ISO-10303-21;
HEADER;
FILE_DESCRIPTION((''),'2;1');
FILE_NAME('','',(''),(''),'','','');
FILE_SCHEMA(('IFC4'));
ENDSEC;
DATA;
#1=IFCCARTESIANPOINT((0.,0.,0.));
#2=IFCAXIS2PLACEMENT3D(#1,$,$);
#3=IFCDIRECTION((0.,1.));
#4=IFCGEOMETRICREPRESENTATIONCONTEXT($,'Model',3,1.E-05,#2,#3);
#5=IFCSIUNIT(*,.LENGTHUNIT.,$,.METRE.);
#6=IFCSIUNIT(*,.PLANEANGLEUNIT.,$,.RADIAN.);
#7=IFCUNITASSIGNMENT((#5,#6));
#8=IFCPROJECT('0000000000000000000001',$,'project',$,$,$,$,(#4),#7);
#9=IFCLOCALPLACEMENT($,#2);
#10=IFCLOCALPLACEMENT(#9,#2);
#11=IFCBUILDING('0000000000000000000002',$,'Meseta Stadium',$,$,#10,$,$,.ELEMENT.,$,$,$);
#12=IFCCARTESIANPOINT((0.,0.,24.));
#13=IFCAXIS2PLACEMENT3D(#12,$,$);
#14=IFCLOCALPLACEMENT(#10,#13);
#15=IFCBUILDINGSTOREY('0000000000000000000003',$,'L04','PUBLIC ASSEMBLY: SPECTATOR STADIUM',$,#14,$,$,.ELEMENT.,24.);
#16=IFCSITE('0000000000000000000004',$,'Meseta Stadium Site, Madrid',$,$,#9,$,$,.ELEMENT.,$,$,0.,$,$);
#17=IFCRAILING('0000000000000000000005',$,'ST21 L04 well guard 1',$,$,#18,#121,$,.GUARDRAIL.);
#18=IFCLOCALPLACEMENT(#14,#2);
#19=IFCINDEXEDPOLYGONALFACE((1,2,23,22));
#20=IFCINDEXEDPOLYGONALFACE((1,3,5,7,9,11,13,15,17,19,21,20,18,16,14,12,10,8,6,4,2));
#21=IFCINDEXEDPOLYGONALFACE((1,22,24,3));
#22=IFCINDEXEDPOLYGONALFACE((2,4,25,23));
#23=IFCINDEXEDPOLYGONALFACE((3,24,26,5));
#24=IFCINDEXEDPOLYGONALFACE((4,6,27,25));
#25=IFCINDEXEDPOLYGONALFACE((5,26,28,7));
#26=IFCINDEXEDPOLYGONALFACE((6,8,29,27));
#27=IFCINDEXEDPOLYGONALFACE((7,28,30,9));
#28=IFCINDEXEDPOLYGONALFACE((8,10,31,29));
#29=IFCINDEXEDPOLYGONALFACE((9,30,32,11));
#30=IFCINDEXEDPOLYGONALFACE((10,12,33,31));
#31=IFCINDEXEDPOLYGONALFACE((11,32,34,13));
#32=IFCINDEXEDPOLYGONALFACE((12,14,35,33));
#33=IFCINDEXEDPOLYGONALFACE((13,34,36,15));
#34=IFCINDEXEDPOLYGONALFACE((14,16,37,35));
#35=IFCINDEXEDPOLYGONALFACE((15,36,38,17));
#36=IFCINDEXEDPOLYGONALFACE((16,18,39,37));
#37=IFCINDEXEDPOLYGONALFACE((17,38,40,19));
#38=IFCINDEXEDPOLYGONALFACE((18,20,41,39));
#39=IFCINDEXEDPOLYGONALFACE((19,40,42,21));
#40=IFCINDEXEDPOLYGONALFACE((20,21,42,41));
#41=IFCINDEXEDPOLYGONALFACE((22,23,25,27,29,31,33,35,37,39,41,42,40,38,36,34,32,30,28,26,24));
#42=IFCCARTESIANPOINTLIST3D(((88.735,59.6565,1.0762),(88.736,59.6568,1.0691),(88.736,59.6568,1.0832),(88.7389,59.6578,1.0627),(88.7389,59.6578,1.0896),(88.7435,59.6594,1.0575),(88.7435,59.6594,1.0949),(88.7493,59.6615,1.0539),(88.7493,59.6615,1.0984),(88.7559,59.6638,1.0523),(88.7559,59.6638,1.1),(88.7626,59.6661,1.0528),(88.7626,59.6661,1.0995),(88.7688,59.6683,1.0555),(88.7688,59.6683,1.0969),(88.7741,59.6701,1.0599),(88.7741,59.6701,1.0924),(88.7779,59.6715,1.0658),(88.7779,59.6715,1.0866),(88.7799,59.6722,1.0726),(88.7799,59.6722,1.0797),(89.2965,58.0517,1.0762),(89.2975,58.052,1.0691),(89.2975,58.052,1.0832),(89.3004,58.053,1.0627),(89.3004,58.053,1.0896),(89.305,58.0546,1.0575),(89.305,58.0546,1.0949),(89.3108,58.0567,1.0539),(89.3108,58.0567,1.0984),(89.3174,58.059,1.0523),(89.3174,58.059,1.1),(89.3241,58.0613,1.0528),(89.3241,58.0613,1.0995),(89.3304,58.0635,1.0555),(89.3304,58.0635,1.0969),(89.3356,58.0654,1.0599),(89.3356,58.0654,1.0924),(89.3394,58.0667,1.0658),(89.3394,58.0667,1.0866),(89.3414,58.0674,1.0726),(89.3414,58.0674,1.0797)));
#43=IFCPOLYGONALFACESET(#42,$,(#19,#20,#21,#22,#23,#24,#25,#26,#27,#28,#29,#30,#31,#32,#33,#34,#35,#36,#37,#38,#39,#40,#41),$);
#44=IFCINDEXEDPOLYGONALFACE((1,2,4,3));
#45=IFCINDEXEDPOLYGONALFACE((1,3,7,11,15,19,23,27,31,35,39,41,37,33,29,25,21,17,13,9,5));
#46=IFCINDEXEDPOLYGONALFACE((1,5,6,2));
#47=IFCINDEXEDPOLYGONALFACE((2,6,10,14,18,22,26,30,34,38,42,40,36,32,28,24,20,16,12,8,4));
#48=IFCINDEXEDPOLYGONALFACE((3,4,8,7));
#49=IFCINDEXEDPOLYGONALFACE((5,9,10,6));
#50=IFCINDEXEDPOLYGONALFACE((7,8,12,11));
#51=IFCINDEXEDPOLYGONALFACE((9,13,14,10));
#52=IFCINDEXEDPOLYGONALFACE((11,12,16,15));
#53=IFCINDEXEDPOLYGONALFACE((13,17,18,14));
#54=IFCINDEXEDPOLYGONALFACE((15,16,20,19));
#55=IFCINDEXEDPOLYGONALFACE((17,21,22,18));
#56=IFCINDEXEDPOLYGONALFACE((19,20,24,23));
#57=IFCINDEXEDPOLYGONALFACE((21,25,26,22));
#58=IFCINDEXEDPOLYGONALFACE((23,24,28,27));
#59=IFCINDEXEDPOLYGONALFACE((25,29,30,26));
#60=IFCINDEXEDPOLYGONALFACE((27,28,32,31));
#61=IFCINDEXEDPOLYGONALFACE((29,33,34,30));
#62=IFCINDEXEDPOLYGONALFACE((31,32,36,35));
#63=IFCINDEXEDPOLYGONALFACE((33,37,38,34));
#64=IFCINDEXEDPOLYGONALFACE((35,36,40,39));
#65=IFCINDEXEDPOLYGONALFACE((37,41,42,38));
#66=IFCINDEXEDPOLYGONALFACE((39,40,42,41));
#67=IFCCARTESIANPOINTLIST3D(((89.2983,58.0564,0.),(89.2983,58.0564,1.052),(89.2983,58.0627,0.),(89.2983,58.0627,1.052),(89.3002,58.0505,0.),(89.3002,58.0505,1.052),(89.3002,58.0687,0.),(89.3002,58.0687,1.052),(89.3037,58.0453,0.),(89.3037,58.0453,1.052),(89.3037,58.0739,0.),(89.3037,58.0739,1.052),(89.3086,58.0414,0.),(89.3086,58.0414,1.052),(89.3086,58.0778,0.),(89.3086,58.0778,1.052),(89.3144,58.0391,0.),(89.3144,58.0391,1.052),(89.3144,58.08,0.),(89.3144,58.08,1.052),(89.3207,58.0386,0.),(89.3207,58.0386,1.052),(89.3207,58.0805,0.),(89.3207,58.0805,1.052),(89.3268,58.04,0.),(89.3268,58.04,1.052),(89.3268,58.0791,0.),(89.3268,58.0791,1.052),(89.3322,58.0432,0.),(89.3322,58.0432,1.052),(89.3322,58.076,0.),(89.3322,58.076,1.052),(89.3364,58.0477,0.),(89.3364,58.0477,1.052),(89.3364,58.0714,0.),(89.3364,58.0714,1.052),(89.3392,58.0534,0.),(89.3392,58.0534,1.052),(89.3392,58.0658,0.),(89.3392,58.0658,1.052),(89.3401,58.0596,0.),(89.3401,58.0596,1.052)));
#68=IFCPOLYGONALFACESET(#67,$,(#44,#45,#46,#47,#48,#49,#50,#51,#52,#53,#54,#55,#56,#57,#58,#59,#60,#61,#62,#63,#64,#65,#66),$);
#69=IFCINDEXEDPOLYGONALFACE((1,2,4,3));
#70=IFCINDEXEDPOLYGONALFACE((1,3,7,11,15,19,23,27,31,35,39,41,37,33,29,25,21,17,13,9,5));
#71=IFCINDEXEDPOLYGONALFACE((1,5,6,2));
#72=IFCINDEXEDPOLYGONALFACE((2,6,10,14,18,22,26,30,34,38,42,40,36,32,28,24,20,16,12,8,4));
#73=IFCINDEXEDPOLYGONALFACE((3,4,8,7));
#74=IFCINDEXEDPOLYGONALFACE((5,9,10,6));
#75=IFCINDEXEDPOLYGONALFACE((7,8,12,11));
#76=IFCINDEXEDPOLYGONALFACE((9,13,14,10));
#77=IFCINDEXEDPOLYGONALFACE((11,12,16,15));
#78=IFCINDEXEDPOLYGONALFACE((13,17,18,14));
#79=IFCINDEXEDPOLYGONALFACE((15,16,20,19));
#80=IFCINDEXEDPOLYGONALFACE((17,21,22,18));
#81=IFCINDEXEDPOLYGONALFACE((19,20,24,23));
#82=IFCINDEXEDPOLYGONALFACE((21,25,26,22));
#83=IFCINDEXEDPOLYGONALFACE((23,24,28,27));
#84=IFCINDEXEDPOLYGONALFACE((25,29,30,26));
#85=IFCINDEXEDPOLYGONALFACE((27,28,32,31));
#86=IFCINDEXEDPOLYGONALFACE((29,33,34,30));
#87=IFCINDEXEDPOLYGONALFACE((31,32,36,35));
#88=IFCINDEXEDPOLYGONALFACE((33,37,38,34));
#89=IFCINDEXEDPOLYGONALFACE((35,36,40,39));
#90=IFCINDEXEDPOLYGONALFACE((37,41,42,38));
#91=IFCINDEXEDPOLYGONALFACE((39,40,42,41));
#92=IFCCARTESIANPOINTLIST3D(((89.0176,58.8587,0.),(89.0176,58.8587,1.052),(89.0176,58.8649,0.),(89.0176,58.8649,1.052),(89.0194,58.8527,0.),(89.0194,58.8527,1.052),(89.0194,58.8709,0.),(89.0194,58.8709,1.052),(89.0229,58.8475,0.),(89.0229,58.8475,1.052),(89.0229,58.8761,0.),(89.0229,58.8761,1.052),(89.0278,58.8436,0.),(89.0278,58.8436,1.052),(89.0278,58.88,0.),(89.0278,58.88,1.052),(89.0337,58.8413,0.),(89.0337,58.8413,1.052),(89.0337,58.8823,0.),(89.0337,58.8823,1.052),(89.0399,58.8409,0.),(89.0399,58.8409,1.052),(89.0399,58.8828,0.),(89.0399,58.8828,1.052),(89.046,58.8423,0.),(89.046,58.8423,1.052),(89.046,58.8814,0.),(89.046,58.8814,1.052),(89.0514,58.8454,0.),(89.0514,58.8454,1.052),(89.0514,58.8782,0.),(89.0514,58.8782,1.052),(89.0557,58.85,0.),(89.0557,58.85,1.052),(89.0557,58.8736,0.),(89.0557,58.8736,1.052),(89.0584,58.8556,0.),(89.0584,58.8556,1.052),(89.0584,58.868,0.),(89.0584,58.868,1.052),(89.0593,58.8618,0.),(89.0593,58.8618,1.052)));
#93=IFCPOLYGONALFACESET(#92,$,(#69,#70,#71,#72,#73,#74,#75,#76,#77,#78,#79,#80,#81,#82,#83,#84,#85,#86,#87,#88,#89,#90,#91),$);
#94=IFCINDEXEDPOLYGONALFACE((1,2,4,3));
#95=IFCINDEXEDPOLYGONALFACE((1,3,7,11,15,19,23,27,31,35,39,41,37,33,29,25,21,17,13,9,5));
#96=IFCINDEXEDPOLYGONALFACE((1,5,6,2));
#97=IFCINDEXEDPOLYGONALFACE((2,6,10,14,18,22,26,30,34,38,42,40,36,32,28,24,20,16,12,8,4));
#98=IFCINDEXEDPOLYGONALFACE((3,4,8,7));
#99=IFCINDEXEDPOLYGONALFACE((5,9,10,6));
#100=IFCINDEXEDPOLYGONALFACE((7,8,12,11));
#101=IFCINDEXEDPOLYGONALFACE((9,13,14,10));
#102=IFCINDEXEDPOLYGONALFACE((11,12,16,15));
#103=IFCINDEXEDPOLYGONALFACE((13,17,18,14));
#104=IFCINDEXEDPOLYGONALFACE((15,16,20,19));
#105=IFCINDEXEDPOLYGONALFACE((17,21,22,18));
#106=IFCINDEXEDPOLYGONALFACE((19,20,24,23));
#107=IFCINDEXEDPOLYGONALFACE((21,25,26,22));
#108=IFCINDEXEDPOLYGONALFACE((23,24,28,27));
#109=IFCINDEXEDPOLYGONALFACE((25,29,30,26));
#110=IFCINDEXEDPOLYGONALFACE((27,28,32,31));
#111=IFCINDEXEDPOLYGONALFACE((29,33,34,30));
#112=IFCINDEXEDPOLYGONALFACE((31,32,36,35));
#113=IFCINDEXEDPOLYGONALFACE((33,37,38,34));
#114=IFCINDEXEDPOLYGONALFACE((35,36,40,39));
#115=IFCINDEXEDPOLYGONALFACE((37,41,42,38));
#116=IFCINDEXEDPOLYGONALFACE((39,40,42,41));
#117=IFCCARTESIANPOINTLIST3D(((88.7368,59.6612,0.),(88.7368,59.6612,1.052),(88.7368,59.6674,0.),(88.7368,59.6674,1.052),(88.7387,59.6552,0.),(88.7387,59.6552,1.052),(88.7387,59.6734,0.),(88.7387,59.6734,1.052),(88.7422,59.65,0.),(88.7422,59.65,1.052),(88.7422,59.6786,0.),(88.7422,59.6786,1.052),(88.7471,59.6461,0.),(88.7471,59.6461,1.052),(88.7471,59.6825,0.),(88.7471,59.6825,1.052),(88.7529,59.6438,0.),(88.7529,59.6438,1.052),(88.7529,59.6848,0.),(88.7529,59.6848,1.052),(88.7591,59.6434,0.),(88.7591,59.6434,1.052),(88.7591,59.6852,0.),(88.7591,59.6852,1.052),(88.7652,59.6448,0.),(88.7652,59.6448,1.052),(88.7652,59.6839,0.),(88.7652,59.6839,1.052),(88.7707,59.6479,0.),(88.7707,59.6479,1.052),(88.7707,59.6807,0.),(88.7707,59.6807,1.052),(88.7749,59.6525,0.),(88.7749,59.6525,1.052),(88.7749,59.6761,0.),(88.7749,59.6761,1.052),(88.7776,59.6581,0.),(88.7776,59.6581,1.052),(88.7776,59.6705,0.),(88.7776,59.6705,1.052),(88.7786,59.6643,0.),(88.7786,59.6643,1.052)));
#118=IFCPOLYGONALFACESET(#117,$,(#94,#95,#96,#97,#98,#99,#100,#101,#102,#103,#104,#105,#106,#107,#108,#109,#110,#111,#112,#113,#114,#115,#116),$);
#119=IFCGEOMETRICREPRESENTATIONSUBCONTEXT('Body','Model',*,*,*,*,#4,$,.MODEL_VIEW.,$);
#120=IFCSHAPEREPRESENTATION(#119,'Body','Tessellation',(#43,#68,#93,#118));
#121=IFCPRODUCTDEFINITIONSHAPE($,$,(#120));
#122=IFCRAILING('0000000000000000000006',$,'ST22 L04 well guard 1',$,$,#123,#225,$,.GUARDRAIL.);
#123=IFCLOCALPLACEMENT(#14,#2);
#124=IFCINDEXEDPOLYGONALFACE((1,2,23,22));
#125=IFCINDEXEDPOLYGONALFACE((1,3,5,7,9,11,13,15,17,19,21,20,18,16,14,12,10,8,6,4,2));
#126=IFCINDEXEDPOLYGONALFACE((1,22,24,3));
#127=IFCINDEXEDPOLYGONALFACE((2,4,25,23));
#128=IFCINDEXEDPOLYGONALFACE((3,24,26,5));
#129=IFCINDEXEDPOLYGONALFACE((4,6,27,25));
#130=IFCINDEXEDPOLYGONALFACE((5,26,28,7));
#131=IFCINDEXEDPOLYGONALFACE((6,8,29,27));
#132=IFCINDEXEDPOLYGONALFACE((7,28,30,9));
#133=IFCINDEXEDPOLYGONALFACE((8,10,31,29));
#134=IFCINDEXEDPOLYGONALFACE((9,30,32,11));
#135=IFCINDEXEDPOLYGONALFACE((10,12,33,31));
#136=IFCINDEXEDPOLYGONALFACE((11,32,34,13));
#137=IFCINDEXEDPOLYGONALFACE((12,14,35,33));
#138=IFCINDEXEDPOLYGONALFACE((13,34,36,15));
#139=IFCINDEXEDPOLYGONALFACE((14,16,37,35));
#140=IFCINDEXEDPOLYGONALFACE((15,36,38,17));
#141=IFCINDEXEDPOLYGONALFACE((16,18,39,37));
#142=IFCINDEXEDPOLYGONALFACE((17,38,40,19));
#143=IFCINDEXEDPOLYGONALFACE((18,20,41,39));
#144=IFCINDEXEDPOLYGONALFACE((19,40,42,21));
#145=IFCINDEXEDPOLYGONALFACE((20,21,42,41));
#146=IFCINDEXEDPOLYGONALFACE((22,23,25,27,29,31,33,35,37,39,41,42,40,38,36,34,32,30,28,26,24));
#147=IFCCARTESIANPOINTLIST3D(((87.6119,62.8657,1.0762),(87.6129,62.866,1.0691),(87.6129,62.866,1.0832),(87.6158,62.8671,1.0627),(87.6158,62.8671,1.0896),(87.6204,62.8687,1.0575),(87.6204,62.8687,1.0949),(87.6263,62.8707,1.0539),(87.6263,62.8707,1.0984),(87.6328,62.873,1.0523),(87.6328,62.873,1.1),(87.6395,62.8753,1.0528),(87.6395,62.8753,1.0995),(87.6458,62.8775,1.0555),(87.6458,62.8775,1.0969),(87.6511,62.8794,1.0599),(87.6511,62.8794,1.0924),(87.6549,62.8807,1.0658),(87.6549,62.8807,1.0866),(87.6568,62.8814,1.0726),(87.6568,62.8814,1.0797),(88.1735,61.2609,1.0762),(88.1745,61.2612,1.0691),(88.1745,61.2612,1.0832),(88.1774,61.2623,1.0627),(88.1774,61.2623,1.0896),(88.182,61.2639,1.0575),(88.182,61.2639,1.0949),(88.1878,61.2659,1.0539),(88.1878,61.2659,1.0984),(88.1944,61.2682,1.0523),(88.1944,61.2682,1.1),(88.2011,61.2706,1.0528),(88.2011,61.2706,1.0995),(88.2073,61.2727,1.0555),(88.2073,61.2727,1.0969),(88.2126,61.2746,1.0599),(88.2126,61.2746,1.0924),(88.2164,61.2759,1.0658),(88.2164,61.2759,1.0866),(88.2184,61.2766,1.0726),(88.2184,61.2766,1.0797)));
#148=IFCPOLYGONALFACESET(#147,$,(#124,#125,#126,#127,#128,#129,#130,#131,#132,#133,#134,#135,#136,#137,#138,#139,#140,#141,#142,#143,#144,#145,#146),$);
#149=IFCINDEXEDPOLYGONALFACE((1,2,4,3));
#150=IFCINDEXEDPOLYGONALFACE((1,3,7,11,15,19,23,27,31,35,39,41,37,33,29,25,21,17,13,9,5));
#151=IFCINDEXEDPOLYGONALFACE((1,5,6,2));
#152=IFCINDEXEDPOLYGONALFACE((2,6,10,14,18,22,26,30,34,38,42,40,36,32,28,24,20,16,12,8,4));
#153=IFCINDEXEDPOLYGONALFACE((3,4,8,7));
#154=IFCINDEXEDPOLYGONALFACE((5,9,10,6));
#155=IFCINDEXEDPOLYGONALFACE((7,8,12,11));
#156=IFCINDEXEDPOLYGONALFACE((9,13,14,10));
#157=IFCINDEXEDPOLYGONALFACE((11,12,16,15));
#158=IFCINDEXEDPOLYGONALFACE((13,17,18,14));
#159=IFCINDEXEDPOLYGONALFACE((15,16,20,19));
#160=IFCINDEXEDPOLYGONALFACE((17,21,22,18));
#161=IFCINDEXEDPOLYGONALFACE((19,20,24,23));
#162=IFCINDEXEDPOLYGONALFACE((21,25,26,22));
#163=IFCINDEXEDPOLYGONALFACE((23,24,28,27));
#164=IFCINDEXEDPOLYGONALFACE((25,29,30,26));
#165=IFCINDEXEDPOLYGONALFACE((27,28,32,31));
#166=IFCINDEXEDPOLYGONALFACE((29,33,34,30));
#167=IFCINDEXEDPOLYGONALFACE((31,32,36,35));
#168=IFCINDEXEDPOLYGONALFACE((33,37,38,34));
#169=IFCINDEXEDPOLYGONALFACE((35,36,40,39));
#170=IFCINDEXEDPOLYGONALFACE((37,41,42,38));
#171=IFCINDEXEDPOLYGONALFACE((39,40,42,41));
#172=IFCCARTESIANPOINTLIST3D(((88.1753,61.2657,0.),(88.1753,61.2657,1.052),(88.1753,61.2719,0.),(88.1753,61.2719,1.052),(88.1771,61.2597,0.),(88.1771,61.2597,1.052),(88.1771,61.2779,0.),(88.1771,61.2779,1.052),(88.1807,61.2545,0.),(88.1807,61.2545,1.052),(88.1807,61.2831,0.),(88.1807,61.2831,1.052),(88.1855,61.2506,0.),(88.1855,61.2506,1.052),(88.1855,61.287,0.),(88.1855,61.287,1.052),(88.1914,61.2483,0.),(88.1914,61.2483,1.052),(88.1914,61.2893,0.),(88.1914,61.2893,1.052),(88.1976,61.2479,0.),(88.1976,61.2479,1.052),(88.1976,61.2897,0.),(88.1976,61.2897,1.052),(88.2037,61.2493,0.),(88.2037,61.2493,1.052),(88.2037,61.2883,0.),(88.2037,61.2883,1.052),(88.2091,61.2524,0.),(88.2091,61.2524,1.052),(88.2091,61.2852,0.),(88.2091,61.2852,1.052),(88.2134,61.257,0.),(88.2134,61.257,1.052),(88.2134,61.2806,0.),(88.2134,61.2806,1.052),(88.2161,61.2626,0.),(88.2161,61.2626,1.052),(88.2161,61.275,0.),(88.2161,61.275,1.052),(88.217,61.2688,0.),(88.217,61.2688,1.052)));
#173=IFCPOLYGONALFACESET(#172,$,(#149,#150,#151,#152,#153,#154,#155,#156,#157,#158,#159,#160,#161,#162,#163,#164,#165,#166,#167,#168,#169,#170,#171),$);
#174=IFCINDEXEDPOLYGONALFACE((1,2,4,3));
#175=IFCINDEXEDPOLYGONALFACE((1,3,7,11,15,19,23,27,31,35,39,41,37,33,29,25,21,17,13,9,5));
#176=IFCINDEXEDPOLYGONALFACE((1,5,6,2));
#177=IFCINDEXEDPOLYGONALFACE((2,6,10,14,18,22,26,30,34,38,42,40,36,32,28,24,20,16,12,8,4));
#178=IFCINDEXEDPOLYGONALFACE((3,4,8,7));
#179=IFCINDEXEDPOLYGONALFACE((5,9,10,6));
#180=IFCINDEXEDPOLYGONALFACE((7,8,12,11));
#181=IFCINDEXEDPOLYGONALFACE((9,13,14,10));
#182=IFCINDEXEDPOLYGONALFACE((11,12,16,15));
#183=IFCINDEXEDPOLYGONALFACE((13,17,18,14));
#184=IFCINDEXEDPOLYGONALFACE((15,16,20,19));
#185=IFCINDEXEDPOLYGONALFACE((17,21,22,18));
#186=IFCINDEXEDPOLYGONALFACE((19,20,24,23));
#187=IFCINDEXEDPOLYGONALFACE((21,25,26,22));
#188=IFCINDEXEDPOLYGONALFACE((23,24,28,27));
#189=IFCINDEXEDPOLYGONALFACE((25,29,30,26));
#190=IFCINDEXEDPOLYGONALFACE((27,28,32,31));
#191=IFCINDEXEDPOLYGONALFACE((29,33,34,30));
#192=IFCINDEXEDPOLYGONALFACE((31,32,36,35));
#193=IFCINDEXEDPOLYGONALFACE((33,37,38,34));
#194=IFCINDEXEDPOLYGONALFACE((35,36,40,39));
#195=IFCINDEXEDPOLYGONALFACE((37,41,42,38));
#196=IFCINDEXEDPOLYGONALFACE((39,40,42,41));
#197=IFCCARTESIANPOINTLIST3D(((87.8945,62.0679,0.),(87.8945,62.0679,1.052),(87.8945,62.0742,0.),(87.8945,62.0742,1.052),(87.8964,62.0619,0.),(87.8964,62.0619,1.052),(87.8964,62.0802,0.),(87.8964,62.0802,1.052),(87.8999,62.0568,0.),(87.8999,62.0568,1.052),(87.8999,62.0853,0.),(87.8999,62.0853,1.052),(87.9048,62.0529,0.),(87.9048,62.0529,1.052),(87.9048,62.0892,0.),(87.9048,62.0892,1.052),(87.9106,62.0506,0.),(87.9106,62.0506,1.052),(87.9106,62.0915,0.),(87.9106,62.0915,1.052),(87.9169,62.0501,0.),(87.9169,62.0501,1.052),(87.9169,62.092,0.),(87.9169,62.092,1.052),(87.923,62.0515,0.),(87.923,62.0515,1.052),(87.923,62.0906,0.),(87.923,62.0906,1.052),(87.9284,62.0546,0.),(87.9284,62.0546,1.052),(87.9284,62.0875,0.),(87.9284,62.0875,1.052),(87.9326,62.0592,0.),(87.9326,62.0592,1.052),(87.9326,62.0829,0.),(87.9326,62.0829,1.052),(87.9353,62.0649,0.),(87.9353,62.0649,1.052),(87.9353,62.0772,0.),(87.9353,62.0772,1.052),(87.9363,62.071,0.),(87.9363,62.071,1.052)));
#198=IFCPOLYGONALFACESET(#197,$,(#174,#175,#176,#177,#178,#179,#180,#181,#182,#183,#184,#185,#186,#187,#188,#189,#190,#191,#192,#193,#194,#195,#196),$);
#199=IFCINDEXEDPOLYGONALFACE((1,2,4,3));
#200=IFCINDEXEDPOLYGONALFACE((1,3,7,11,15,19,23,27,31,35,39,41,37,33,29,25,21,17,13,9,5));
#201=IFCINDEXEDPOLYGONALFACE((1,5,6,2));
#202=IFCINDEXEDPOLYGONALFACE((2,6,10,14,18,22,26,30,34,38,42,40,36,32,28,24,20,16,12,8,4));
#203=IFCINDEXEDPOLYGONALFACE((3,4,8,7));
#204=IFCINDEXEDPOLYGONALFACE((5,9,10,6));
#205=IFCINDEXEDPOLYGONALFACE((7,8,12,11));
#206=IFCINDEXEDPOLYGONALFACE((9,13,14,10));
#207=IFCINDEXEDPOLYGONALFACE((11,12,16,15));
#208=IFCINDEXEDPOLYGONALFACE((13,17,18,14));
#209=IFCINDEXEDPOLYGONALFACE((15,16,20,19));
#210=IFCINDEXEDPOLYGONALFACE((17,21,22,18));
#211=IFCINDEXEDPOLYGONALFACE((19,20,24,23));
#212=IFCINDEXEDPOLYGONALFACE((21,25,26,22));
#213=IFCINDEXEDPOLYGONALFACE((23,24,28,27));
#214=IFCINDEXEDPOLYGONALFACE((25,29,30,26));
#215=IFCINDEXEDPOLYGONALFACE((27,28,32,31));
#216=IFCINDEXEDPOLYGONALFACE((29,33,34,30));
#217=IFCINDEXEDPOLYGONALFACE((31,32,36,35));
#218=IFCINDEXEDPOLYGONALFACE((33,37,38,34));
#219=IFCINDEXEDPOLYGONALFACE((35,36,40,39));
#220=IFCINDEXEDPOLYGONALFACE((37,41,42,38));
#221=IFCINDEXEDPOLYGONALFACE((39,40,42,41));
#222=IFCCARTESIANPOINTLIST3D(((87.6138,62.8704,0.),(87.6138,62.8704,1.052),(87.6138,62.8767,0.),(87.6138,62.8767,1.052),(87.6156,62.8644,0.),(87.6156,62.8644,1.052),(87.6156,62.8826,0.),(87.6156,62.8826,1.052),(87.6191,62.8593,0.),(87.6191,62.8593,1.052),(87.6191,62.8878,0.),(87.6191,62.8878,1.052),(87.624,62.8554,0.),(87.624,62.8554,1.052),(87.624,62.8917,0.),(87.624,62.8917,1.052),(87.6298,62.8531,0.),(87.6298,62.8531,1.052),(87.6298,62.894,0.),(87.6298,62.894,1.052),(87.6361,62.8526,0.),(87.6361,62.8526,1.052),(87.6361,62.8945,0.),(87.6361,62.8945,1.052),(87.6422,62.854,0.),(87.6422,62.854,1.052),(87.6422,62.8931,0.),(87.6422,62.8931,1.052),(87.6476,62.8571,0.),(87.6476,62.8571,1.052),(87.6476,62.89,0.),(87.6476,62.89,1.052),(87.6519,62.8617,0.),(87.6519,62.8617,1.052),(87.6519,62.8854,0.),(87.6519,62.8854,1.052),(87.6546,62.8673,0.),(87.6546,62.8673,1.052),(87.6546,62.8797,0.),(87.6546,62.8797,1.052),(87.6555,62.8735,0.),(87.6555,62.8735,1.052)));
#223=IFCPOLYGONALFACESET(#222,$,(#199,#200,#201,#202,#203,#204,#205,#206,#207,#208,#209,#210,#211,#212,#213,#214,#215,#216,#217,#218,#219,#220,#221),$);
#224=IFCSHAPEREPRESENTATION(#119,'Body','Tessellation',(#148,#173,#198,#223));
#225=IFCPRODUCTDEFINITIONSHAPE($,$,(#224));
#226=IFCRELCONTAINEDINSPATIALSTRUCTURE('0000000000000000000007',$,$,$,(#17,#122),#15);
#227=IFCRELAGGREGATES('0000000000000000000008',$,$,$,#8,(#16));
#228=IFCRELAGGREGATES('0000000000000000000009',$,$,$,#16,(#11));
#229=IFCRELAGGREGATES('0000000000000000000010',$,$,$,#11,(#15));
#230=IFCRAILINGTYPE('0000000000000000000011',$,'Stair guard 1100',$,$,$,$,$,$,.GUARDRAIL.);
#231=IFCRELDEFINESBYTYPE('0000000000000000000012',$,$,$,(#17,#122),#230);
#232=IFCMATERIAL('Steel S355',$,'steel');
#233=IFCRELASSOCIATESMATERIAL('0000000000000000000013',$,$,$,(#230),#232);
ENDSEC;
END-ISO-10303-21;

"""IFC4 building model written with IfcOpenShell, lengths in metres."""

from ifc_helpers import new_model, si_unit, direction, frame, origin, origin_2d, place, context, subcontext, project, spatial, circle, extrude, material, type_object, element, save


model = new_model("IFC4")

# Units and contexts
model_context = context("Model", 3, precision=1e-05, world=origin(), true_north=direction((0.0, 1.0)))
body_context = subcontext(model_context, "Body", "Model", "MODEL_VIEW")
ifc_project = project(units=[si_unit("LENGTHUNIT", "METRE"), si_unit("PLANEANGLEUNIT", "RADIAN")], contexts=[model_context])

# Site, building, storey
site_placement = place(None, origin())
site = spatial("IfcSite", under=ifc_project, at=site_placement, Name="Meseta Stadium Site, Madrid", CompositionType="ELEMENT", RefElevation=0.0)
building_placement = place(site_placement, origin())
building = spatial("IfcBuilding", under=site, at=building_placement, Name="Meseta Stadium", CompositionType="ELEMENT")
storey_placement = place(building_placement, frame((0.0, 0.0, 24.0)))
storey = spatial("IfcBuildingStorey", under=building, at=storey_placement, Name="L04", Description="PUBLIC ASSEMBLY: SPECTATOR STADIUM", CompositionType="ELEMENT", Elevation=24.0)

# Railings
ifc_material_1 = material(Name="Steel S355", Category="steel")
railing_type = type_object("IfcRailingType", Name="Stair guard 1100", PredefinedType="GUARDRAIL", material=ifc_material_1)
for number, where, name in (
    (1, (89.3191, 58.0596, 0.0), "ST21 L04 well guard 1"),
    (2, (88.196, 61.2688, 0.0), "ST22 L04 well guard 1"),
):
    element("IfcRailing", number, at=place(storey_placement, frame(where)), inside=storey, type_object=railing_type, Name=name, PredefinedType="GUARDRAIL", context=body_context, shape_type="SweptSolid", body=[
        extrude(circle(Radius=0.0239, at=origin_2d()), frame((0.0, 0.0, 1.0762), z_axis=(-0.33028, 0.943883, 0.0), x_axis=(-0.943883, -0.33028, 0.0)), (0.0, 0.0, 1.0), 1.7002),
        extrude(circle(Radius=0.021, at=origin_2d()), origin(), (0.0, 0.0, 1.0), 1.052),
        extrude(circle(Radius=0.021, at=origin_2d()), frame((-0.2808, 0.8022, 0.0)), (0.0, 0.0, 1.0), 1.052),
        extrude(circle(Radius=0.021, at=origin_2d()), frame((-0.5615, 1.6047, 0.0)), (0.0, 0.0, 1.0), 1.052),
    ])

save(model, "model.ifc")
